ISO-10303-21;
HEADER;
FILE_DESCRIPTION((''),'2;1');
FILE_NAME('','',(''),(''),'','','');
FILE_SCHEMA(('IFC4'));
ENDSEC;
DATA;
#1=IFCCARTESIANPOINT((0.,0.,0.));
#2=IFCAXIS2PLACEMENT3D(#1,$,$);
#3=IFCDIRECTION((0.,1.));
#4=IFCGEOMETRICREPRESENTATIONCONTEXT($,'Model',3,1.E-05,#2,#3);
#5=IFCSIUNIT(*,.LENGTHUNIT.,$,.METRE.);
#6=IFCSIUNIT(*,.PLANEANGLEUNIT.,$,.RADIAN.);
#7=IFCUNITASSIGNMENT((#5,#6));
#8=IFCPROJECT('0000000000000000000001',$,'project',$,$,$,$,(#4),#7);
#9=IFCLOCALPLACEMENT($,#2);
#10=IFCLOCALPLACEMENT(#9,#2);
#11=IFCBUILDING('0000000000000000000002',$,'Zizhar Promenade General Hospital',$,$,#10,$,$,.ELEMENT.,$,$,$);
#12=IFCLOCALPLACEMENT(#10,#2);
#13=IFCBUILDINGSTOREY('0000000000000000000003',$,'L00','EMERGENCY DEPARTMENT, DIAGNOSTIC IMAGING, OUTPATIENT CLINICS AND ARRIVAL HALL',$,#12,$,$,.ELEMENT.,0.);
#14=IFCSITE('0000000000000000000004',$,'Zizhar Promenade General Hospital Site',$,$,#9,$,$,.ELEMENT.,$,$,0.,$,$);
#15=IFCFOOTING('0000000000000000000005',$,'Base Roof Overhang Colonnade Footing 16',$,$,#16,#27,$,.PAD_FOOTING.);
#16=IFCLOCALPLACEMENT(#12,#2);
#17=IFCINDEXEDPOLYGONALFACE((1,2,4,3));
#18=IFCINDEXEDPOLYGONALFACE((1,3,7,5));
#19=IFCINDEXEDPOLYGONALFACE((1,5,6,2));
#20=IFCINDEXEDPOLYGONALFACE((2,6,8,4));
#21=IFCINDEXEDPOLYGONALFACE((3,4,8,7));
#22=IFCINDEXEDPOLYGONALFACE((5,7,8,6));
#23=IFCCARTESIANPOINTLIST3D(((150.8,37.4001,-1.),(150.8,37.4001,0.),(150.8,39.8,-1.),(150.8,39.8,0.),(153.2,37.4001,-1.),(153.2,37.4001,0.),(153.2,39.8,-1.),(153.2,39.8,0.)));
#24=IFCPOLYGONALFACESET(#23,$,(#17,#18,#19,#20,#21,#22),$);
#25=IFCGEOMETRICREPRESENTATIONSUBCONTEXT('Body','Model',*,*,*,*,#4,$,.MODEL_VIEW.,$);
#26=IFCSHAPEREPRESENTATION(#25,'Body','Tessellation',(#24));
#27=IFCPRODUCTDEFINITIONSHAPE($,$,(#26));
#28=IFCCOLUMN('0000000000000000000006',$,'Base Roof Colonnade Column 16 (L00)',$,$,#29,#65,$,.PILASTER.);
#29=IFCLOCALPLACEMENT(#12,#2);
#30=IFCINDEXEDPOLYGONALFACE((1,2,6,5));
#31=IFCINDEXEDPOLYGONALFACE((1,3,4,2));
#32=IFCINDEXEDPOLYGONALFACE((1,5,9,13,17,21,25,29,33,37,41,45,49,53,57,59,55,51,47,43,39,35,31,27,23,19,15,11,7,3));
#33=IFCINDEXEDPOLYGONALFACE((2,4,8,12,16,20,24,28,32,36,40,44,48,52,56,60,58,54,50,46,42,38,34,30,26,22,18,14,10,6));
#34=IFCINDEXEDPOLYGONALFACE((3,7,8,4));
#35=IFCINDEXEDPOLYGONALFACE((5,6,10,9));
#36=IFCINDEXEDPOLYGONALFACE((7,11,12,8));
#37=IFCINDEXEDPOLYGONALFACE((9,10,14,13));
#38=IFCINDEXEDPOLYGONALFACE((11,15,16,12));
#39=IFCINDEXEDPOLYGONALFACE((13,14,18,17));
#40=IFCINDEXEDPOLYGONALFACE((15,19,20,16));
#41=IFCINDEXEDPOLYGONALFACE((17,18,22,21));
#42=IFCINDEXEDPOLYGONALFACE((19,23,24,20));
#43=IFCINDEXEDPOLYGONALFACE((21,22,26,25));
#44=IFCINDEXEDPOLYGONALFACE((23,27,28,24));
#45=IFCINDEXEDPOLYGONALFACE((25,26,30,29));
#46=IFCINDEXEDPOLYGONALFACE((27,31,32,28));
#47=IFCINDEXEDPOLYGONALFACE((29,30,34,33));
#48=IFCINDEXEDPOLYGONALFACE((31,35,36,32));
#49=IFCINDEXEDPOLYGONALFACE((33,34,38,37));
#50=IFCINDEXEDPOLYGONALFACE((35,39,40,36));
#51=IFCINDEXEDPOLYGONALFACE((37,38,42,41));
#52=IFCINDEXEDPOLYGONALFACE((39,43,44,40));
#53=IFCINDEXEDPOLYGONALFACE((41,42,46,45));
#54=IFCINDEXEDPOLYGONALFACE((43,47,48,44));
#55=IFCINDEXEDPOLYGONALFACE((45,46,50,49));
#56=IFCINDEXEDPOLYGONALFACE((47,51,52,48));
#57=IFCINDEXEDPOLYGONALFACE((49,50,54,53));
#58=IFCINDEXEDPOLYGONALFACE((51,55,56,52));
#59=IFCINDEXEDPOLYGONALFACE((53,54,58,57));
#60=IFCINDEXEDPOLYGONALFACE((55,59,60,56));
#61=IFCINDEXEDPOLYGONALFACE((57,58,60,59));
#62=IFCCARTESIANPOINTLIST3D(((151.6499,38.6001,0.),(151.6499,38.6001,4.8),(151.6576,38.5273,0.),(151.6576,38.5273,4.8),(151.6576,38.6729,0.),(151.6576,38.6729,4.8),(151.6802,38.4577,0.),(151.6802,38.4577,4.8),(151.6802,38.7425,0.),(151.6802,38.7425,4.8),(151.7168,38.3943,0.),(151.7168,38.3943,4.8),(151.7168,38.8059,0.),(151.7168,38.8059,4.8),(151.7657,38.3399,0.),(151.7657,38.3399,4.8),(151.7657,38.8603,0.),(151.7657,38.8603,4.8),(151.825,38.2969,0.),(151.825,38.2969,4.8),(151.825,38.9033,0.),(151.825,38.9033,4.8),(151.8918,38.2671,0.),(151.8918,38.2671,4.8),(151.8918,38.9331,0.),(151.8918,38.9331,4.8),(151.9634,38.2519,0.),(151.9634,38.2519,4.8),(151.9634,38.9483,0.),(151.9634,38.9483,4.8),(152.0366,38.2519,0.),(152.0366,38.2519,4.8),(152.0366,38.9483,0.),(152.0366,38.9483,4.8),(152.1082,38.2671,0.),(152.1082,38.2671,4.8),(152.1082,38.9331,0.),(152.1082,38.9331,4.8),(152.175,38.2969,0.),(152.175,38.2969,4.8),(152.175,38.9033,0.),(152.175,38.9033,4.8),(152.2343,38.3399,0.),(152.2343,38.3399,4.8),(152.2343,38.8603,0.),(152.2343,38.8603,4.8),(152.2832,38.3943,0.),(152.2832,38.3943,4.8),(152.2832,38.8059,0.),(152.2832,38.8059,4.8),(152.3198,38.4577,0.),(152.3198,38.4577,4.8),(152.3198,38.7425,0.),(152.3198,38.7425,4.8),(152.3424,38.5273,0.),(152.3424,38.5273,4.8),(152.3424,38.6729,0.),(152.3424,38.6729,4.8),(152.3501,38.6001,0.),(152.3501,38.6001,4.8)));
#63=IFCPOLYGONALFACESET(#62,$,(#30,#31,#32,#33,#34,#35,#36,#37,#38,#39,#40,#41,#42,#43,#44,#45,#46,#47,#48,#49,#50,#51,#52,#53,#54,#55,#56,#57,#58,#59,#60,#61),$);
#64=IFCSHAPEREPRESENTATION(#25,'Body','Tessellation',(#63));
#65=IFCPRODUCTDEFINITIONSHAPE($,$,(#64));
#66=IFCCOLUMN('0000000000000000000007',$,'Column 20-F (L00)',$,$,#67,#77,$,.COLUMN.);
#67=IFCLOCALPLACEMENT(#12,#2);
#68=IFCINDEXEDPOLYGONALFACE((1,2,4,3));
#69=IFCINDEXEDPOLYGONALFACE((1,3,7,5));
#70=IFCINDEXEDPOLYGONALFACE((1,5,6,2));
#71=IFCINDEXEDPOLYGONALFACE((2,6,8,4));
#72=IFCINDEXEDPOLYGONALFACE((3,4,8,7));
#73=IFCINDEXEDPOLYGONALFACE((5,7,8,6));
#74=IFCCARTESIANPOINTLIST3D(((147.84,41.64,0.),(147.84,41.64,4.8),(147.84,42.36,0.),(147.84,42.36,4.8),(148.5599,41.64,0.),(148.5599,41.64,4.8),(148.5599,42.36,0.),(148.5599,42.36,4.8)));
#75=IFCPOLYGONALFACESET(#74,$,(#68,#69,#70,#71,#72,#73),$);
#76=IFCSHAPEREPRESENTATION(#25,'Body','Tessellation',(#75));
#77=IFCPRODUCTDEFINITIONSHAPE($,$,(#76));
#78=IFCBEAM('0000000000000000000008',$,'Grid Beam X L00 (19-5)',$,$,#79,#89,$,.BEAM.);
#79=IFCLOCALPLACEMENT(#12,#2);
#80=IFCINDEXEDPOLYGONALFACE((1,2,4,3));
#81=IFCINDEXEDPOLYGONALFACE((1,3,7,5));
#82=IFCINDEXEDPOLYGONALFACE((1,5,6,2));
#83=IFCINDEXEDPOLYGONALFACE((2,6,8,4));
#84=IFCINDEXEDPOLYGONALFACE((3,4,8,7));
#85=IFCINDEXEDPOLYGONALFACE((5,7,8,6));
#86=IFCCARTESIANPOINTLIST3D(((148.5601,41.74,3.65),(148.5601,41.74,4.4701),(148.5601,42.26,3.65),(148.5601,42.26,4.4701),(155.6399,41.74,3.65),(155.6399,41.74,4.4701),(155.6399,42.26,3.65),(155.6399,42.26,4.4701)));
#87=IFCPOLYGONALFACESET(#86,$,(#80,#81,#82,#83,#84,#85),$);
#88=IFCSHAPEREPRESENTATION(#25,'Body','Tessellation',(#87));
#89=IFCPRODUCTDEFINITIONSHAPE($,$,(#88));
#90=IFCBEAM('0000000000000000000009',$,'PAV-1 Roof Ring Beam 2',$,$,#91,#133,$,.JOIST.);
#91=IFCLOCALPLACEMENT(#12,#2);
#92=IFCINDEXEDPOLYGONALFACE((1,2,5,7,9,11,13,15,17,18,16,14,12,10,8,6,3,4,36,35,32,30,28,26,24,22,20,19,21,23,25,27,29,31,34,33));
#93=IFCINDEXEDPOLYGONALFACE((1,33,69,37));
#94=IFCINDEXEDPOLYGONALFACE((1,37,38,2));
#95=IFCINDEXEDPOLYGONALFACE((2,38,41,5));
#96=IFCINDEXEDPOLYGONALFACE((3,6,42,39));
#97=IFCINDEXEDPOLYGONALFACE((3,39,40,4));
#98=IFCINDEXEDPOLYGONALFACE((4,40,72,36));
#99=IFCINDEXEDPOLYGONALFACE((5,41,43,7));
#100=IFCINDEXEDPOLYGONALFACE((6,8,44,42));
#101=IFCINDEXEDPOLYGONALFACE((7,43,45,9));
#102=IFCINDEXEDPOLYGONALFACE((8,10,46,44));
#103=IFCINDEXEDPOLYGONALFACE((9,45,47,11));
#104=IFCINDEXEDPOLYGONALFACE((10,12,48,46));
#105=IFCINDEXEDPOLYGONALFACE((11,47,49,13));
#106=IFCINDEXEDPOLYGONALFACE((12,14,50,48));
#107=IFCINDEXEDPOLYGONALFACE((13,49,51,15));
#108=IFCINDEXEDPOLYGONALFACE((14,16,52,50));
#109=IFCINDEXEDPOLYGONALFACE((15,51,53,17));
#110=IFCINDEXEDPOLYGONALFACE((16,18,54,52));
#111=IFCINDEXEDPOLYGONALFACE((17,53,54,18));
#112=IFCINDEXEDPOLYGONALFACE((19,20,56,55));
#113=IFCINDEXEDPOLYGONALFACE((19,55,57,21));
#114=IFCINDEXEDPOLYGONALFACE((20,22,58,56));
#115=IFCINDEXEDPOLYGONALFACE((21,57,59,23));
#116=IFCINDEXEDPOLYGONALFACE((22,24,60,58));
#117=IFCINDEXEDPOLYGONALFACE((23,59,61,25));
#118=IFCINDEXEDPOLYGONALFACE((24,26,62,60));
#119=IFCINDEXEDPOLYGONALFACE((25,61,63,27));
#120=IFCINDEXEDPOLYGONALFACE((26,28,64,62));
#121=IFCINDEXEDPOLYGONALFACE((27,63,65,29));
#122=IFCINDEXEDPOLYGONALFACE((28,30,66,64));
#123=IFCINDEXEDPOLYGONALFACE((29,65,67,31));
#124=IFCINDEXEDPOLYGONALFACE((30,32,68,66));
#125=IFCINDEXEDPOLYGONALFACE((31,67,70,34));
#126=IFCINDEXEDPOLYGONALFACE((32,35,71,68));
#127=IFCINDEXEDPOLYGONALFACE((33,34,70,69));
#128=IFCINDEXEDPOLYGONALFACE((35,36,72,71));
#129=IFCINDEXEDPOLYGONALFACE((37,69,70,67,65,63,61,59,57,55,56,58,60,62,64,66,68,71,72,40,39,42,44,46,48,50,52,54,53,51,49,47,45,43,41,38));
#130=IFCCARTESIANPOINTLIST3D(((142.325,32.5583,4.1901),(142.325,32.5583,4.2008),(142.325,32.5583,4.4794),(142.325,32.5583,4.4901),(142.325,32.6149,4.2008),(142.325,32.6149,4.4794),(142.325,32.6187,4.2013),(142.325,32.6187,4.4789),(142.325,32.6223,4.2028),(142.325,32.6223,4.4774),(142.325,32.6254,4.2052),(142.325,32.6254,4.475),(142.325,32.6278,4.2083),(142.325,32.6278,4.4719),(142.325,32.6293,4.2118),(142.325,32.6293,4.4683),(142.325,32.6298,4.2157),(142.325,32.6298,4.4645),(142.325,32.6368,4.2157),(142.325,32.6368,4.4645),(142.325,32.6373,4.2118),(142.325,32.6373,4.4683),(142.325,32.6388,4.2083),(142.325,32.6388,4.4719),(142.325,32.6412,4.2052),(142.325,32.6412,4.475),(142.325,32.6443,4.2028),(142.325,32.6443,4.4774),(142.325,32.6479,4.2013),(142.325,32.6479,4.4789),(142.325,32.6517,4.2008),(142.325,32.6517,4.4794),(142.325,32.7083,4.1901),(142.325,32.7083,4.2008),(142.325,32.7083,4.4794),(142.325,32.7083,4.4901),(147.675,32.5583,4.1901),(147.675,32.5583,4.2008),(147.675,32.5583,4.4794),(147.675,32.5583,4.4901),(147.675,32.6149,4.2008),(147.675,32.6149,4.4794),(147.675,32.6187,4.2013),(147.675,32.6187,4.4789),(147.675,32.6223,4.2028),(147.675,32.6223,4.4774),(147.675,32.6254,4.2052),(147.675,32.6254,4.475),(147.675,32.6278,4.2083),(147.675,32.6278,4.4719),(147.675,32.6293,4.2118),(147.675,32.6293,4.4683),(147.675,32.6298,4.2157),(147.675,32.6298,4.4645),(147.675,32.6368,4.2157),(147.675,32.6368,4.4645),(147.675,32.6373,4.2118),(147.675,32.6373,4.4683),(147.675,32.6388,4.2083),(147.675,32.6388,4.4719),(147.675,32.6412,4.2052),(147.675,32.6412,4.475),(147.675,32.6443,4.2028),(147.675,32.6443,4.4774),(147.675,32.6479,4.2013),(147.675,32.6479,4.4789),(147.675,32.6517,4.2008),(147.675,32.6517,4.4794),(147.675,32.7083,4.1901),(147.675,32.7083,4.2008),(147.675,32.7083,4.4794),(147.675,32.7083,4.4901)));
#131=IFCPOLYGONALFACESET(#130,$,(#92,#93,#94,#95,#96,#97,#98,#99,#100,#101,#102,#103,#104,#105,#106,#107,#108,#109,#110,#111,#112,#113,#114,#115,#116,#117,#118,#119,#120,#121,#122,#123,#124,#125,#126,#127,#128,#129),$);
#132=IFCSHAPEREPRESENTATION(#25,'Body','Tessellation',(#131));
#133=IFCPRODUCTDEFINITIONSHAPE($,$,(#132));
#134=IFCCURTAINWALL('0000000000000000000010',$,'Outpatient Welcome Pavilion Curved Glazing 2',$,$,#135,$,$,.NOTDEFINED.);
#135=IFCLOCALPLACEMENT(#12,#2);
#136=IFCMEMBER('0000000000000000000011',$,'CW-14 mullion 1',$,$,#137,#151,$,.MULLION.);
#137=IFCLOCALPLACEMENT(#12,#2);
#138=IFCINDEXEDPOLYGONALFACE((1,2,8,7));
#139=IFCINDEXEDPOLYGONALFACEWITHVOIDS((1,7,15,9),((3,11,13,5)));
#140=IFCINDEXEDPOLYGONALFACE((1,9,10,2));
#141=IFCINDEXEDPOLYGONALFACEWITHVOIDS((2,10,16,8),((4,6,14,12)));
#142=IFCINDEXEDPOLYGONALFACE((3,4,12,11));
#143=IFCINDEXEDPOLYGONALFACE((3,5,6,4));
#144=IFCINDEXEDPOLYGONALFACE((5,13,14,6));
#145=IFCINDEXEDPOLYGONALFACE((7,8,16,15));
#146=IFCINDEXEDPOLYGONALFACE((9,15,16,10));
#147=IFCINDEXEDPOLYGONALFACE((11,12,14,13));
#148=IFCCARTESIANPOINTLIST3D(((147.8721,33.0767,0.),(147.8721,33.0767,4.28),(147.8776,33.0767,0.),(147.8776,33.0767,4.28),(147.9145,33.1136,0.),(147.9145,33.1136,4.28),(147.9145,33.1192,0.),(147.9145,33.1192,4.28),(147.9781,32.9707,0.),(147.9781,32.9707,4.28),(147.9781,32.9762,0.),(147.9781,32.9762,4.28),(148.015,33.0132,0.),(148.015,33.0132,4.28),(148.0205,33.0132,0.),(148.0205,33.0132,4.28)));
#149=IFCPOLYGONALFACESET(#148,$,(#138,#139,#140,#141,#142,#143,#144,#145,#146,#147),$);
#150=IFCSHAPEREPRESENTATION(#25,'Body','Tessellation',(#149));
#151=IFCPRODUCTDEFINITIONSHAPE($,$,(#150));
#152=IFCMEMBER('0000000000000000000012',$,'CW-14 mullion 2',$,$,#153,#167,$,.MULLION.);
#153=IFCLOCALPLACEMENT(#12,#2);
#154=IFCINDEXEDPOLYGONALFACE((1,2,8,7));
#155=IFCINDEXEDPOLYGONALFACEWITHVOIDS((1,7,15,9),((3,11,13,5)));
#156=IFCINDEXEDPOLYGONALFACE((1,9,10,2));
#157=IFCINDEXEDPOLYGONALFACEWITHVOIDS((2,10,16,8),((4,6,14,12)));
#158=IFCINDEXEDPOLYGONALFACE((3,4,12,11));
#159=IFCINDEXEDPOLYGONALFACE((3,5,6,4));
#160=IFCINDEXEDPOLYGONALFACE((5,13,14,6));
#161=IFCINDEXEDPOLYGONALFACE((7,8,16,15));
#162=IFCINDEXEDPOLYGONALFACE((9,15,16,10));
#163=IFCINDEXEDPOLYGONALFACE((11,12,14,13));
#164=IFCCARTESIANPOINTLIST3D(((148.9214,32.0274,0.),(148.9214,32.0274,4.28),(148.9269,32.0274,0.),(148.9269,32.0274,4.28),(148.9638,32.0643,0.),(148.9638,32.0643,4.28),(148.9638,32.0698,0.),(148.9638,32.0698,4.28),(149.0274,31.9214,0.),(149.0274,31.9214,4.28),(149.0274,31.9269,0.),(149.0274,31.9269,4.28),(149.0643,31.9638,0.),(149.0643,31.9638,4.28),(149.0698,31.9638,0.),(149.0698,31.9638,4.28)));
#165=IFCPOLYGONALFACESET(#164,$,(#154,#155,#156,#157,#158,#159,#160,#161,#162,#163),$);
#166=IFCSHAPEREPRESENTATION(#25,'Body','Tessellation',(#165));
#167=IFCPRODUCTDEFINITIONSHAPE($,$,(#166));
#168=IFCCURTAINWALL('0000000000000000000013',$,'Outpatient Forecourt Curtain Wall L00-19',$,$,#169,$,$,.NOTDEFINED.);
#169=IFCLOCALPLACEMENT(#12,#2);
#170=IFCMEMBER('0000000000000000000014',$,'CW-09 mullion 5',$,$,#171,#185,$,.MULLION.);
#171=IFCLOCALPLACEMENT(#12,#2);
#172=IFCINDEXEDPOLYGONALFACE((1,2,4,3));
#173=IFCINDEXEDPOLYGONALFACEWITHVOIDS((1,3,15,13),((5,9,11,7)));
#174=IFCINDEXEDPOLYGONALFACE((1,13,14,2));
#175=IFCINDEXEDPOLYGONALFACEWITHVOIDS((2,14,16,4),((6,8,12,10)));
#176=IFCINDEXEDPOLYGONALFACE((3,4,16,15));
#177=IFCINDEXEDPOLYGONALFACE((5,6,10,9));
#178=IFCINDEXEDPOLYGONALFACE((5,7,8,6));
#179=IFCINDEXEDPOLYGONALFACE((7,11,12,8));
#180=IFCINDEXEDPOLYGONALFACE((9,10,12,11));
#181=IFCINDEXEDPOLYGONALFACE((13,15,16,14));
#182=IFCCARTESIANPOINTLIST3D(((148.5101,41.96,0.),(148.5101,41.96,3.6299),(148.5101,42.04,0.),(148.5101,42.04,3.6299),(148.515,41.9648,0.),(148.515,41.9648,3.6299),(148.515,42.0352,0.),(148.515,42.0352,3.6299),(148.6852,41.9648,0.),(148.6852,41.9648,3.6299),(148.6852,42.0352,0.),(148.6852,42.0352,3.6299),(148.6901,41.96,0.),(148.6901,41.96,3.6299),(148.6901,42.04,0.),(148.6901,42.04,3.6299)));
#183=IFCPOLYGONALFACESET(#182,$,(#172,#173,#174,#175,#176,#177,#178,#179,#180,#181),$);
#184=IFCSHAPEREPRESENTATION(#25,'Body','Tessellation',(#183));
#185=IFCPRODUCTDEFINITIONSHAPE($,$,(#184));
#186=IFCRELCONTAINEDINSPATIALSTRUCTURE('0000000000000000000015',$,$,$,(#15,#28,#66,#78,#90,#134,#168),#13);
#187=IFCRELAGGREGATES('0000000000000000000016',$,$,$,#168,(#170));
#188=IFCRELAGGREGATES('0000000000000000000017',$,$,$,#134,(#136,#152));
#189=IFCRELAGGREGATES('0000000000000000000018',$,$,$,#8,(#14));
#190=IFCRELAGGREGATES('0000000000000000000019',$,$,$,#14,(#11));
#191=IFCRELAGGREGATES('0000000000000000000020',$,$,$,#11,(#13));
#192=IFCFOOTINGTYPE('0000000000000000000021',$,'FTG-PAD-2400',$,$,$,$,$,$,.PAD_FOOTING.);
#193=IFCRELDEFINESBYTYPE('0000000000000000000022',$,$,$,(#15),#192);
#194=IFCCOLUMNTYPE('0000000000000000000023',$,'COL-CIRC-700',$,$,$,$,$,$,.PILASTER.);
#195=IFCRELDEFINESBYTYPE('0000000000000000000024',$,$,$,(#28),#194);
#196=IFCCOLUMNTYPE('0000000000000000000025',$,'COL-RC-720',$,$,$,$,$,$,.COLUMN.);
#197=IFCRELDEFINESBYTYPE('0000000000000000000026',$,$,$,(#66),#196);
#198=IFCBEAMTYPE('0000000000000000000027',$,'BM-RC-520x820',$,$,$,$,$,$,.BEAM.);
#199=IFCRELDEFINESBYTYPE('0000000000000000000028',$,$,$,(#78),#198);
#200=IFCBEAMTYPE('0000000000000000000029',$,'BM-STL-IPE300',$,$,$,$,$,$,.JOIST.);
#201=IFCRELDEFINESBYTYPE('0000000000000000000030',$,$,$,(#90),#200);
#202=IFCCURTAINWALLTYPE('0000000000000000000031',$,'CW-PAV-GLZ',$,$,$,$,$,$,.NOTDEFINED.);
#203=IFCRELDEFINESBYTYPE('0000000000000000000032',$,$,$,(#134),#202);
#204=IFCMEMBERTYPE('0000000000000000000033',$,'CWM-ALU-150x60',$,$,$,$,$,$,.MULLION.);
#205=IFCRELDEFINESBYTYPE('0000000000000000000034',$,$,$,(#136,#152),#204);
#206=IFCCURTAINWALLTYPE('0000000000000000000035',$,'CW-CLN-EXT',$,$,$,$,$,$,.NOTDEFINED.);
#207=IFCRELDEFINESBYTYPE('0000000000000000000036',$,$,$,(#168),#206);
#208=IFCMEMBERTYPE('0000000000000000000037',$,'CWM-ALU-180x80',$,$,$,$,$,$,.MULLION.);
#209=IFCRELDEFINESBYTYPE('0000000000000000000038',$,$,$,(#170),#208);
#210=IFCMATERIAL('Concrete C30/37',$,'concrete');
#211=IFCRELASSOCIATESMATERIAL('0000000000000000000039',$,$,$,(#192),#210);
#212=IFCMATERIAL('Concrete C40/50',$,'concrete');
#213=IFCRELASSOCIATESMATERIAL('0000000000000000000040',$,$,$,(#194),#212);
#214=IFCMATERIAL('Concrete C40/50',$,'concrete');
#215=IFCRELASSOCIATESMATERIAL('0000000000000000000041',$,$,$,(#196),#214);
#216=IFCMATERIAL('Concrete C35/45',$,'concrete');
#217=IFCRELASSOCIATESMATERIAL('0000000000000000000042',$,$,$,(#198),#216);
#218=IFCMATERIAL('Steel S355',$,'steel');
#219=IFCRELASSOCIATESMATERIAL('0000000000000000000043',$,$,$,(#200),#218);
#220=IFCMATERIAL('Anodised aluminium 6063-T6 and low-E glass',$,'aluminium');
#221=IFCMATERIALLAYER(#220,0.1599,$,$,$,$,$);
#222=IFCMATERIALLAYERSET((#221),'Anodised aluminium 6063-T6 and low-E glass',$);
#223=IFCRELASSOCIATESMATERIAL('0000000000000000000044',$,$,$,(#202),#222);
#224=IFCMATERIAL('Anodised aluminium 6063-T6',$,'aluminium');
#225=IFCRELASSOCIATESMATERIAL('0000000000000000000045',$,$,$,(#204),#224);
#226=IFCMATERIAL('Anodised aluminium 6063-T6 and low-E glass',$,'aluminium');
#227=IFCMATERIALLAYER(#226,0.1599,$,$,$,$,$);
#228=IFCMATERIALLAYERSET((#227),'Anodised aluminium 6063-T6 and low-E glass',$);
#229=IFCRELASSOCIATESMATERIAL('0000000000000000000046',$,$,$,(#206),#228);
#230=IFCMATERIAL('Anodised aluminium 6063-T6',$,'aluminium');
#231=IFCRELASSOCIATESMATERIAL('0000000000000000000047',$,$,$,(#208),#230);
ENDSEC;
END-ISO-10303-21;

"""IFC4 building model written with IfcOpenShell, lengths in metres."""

from ifc_helpers import new_model, si_unit, direction, frame, origin, origin_2d, place, context, subcontext, project, spatial, rectangle, hollow_rectangle, circle, i_section, extrude, material, layer, layer_set, material_profile, profile_set, type_object, element, aggregate, save


model = new_model("IFC4")

# Units and contexts
model_context = context("Model", 3, precision=1e-05, world=origin(), true_north=direction((0.0, 1.0)))
body_context = subcontext(model_context, "Body", "Model", "MODEL_VIEW")
ifc_project = project(units=[si_unit("LENGTHUNIT", "METRE"), si_unit("PLANEANGLEUNIT", "RADIAN")], contexts=[model_context])

# Site, building, storey
site_placement = place(None, origin())
site = spatial("IfcSite", under=ifc_project, at=site_placement, Name="Zizhar Promenade General Hospital Site", CompositionType="ELEMENT", RefElevation=0.0)
building_placement = place(site_placement, origin())
building = spatial("IfcBuilding", under=site, at=building_placement, Name="Zizhar Promenade General Hospital", CompositionType="ELEMENT")
storey_placement = place(building_placement, origin())
storey = spatial("IfcBuildingStorey", under=building, at=storey_placement, Name="L00", Description="EMERGENCY DEPARTMENT, DIAGNOSTIC IMAGING, OUTPATIENT CLINICS AND ARRIVAL HALL", CompositionType="ELEMENT", Elevation=0.0)

# Footing
ifc_material_1 = material(Name="Concrete C30/37", Category="concrete")
footing_type = type_object("IfcFootingType", Name="FTG-PAD-2400", PredefinedType="PAD_FOOTING", material=ifc_material_1)
footing_placement = place(storey_placement, frame((152.0, 38.6001, -1.0), z_axis=(0.0, 0.0, 1.0), x_axis=(1.0, 0.0, 0.0)))
element("IfcFooting", 1, at=footing_placement, inside=storey, type_object=footing_type, Name="Base Roof Overhang Colonnade Footing 16", PredefinedType="PAD_FOOTING", context=body_context, shape_type="SweptSolid", body=[
    extrude(rectangle(XDim=2.3999, YDim=2.3999, at=origin_2d()), origin(), (0.0, 0.0, 1.0), 1.0),
])

# Columns
ifc_material_2 = material(Name="Concrete C40/50", Category="concrete")
ifc_material_profile_1 = material_profile(ifc_material_2, circle(Radius=0.3501, at=origin_2d()))
ifc_profile_set_1 = profile_set([ifc_material_profile_1], Name="Concrete C40/50")
column_type_1 = type_object("IfcColumnType", Name="COL-CIRC-700", PredefinedType="PILASTER", material=ifc_profile_set_1)
column_1_placement = place(storey_placement, frame((152.0, 38.6001, 0.0), z_axis=(0.0, 0.0, 1.0), x_axis=(1.0, 0.0, 0.0)))
element("IfcColumn", 2, at=column_1_placement, inside=storey, type_object=column_type_1, Name="Base Roof Colonnade Column 16 (L00)", PredefinedType="PILASTER", context=body_context, shape_type="SweptSolid", body=[
    extrude(circle(Radius=0.3501, at=origin_2d()), origin(), (0.0, 0.0, 1.0), 4.8),
])
ifc_material_3 = material(Name="Concrete C40/50", Category="concrete")
ifc_material_profile_2 = material_profile(ifc_material_3, rectangle(XDim=0.72, YDim=0.72, at=origin_2d()))
ifc_profile_set_2 = profile_set([ifc_material_profile_2], Name="Concrete C40/50")
column_type_2 = type_object("IfcColumnType", Name="COL-RC-720", PredefinedType="COLUMN", material=ifc_profile_set_2)
column_2_placement = place(storey_placement, frame((148.2, 42.0, 0.0), z_axis=(0.0, 0.0, 1.0), x_axis=(1.0, 0.0, 0.0)))
element("IfcColumn", 3, at=column_2_placement, inside=storey, type_object=column_type_2, Name="Column 20-F (L00)", PredefinedType="COLUMN", context=body_context, shape_type="SweptSolid", body=[
    extrude(rectangle(XDim=0.72, YDim=0.72, at=origin_2d()), origin(), (0.0, 0.0, 1.0), 4.8),
])

# Beams
ifc_material_4 = material(Name="Concrete C35/45", Category="concrete")
ifc_material_profile_3 = material_profile(ifc_material_4, rectangle(XDim=0.52, YDim=0.8201, at=origin_2d()))
ifc_profile_set_3 = profile_set([ifc_material_profile_3], Name="Concrete C35/45")
beam_type_1 = type_object("IfcBeamType", Name="BM-RC-520x820", PredefinedType="BEAM", material=ifc_profile_set_3)
beam_1_placement = place(storey_placement, frame((148.5601, 42.0, 4.0601), z_axis=(1.0, 0.0, 0.0), x_axis=(0.0, 1.0, 0.0)))
element("IfcBeam", 4, at=beam_1_placement, inside=storey, type_object=beam_type_1, Name="Grid Beam X L00 (19-5)", PredefinedType="BEAM", context=body_context, shape_type="SweptSolid", body=[
    extrude(rectangle(XDim=0.52, YDim=0.8201, at=origin_2d()), origin(), (0.0, 0.0, 1.0), 7.0798),
])
ifc_material_5 = material(Name="Steel S355", Category="steel")
ifc_material_profile_4 = material_profile(ifc_material_5, i_section(OverallWidth=0.1499, OverallDepth=0.3, WebThickness=0.0071, FlangeThickness=0.0107, FilletRadius=0.0149, at=origin_2d()))
ifc_profile_set_4 = profile_set([ifc_material_profile_4], Name="Steel S355")
beam_type_2 = type_object("IfcBeamType", Name="BM-STL-IPE300", PredefinedType="JOIST", material=ifc_profile_set_4)
beam_2_placement = place(storey_placement, frame((147.675, 32.6333, 4.3401), z_axis=(-1.0, 0.0, 0.0), x_axis=(0.0, -1.0, 0.0)))
element("IfcBeam", 5, at=beam_2_placement, inside=storey, type_object=beam_type_2, Name="PAV-1 Roof Ring Beam 2", PredefinedType="JOIST", context=body_context, shape_type="SweptSolid", body=[
    extrude(i_section(OverallWidth=0.1499, OverallDepth=0.3, WebThickness=0.0071, FlangeThickness=0.0107, FilletRadius=0.0149, at=origin_2d()), origin(), (0.0, 0.0, 1.0), 5.3501),
])

# Curtain wall, members
ifc_material_6 = material(Name="Anodised aluminium 6063-T6 and low-E glass", Category="aluminium")
ifc_layer_1 = layer(ifc_material_6, 0.1599)
ifc_layer_set_1 = layer_set([ifc_layer_1], Name="Anodised aluminium 6063-T6 and low-E glass")
curtain_wall_type_1 = type_object("IfcCurtainWallType", Name="CW-PAV-GLZ", PredefinedType="NOTDEFINED", material=ifc_layer_set_1)
curtain_wall_1_placement = place(storey_placement, origin())
curtain_wall_1 = element("IfcCurtainWall", 6, at=curtain_wall_1_placement, inside=storey, type_object=curtain_wall_type_1, Name="Outpatient Welcome Pavilion Curved Glazing 2", PredefinedType="NOTDEFINED")
ifc_material_7 = material(Name="Anodised aluminium 6063-T6", Category="aluminium")
ifc_material_profile_5 = material_profile(ifc_material_7, hollow_rectangle(XDim=0.0601, YDim=0.1499, WallThickness=0.0039, at=origin_2d()))
ifc_profile_set_5 = profile_set([ifc_material_profile_5], Name="Anodised aluminium 6063-T6")
member_type_1 = type_object("IfcMemberType", Name="CWM-ALU-150x60", PredefinedType="MULLION", material=ifc_profile_set_5)
member_1_placement = place(storey_placement, frame((147.9463, 33.0449, 0.0), z_axis=(0.0, 0.0, 1.0), x_axis=(0.707107, 0.707107, 0.0)))
member_1 = element("IfcMember", 7, at=member_1_placement, type_object=member_type_1, Name="CW-14 mullion 1", PredefinedType="MULLION", context=body_context, shape_type="SweptSolid", body=[
    extrude(hollow_rectangle(XDim=0.0601, YDim=0.1499, WallThickness=0.0039, at=origin_2d()), origin(), (0.0, 0.0, 1.0), 4.28),
])
member_2_placement = place(storey_placement, frame((148.9956, 31.9956, 0.0), z_axis=(0.0, 0.0, 1.0), x_axis=(0.707107, 0.707107, 0.0)))
member_2 = element("IfcMember", 8, at=member_2_placement, type_object=member_type_1, Name="CW-14 mullion 2", PredefinedType="MULLION", context=body_context, shape_type="SweptSolid", body=[
    extrude(hollow_rectangle(XDim=0.0601, YDim=0.1499, WallThickness=0.0039, at=origin_2d()), origin(), (0.0, 0.0, 1.0), 4.28),
])

# Curtain wall, member
ifc_material_8 = material(Name="Anodised aluminium 6063-T6 and low-E glass", Category="aluminium")
ifc_layer_2 = layer(ifc_material_8, 0.1599)
ifc_layer_set_2 = layer_set([ifc_layer_2], Name="Anodised aluminium 6063-T6 and low-E glass")
curtain_wall_type_2 = type_object("IfcCurtainWallType", Name="CW-CLN-EXT", PredefinedType="NOTDEFINED", material=ifc_layer_set_2)
curtain_wall_2_placement = place(storey_placement, origin())
curtain_wall_2 = element("IfcCurtainWall", 9, at=curtain_wall_2_placement, inside=storey, type_object=curtain_wall_type_2, Name="Outpatient Forecourt Curtain Wall L00-19", PredefinedType="NOTDEFINED")
ifc_material_9 = material(Name="Anodised aluminium 6063-T6", Category="aluminium")
ifc_material_profile_6 = material_profile(ifc_material_9, hollow_rectangle(XDim=0.0801, YDim=0.1799, WallThickness=0.0049, at=origin_2d()))
ifc_profile_set_6 = profile_set([ifc_material_profile_6], Name="Anodised aluminium 6063-T6")
member_type_2 = type_object("IfcMemberType", Name="CWM-ALU-180x80", PredefinedType="MULLION", material=ifc_profile_set_6)
member_3_placement = place(storey_placement, frame((148.6001, 42.0, 0.0), z_axis=(0.0, 0.0, 1.0), x_axis=(0.0, -1.0, 0.0)))
member_3 = element("IfcMember", 10, at=member_3_placement, type_object=member_type_2, Name="CW-09 mullion 5", PredefinedType="MULLION", context=body_context, shape_type="SweptSolid", body=[
    extrude(hollow_rectangle(XDim=0.0801, YDim=0.1799, WallThickness=0.0049, at=origin_2d()), origin(), (0.0, 0.0, 1.0), 3.6299),
])

aggregate(curtain_wall_2, [member_3])
aggregate(curtain_wall_1, [member_1, member_2])

save(model, "model.ifc")
